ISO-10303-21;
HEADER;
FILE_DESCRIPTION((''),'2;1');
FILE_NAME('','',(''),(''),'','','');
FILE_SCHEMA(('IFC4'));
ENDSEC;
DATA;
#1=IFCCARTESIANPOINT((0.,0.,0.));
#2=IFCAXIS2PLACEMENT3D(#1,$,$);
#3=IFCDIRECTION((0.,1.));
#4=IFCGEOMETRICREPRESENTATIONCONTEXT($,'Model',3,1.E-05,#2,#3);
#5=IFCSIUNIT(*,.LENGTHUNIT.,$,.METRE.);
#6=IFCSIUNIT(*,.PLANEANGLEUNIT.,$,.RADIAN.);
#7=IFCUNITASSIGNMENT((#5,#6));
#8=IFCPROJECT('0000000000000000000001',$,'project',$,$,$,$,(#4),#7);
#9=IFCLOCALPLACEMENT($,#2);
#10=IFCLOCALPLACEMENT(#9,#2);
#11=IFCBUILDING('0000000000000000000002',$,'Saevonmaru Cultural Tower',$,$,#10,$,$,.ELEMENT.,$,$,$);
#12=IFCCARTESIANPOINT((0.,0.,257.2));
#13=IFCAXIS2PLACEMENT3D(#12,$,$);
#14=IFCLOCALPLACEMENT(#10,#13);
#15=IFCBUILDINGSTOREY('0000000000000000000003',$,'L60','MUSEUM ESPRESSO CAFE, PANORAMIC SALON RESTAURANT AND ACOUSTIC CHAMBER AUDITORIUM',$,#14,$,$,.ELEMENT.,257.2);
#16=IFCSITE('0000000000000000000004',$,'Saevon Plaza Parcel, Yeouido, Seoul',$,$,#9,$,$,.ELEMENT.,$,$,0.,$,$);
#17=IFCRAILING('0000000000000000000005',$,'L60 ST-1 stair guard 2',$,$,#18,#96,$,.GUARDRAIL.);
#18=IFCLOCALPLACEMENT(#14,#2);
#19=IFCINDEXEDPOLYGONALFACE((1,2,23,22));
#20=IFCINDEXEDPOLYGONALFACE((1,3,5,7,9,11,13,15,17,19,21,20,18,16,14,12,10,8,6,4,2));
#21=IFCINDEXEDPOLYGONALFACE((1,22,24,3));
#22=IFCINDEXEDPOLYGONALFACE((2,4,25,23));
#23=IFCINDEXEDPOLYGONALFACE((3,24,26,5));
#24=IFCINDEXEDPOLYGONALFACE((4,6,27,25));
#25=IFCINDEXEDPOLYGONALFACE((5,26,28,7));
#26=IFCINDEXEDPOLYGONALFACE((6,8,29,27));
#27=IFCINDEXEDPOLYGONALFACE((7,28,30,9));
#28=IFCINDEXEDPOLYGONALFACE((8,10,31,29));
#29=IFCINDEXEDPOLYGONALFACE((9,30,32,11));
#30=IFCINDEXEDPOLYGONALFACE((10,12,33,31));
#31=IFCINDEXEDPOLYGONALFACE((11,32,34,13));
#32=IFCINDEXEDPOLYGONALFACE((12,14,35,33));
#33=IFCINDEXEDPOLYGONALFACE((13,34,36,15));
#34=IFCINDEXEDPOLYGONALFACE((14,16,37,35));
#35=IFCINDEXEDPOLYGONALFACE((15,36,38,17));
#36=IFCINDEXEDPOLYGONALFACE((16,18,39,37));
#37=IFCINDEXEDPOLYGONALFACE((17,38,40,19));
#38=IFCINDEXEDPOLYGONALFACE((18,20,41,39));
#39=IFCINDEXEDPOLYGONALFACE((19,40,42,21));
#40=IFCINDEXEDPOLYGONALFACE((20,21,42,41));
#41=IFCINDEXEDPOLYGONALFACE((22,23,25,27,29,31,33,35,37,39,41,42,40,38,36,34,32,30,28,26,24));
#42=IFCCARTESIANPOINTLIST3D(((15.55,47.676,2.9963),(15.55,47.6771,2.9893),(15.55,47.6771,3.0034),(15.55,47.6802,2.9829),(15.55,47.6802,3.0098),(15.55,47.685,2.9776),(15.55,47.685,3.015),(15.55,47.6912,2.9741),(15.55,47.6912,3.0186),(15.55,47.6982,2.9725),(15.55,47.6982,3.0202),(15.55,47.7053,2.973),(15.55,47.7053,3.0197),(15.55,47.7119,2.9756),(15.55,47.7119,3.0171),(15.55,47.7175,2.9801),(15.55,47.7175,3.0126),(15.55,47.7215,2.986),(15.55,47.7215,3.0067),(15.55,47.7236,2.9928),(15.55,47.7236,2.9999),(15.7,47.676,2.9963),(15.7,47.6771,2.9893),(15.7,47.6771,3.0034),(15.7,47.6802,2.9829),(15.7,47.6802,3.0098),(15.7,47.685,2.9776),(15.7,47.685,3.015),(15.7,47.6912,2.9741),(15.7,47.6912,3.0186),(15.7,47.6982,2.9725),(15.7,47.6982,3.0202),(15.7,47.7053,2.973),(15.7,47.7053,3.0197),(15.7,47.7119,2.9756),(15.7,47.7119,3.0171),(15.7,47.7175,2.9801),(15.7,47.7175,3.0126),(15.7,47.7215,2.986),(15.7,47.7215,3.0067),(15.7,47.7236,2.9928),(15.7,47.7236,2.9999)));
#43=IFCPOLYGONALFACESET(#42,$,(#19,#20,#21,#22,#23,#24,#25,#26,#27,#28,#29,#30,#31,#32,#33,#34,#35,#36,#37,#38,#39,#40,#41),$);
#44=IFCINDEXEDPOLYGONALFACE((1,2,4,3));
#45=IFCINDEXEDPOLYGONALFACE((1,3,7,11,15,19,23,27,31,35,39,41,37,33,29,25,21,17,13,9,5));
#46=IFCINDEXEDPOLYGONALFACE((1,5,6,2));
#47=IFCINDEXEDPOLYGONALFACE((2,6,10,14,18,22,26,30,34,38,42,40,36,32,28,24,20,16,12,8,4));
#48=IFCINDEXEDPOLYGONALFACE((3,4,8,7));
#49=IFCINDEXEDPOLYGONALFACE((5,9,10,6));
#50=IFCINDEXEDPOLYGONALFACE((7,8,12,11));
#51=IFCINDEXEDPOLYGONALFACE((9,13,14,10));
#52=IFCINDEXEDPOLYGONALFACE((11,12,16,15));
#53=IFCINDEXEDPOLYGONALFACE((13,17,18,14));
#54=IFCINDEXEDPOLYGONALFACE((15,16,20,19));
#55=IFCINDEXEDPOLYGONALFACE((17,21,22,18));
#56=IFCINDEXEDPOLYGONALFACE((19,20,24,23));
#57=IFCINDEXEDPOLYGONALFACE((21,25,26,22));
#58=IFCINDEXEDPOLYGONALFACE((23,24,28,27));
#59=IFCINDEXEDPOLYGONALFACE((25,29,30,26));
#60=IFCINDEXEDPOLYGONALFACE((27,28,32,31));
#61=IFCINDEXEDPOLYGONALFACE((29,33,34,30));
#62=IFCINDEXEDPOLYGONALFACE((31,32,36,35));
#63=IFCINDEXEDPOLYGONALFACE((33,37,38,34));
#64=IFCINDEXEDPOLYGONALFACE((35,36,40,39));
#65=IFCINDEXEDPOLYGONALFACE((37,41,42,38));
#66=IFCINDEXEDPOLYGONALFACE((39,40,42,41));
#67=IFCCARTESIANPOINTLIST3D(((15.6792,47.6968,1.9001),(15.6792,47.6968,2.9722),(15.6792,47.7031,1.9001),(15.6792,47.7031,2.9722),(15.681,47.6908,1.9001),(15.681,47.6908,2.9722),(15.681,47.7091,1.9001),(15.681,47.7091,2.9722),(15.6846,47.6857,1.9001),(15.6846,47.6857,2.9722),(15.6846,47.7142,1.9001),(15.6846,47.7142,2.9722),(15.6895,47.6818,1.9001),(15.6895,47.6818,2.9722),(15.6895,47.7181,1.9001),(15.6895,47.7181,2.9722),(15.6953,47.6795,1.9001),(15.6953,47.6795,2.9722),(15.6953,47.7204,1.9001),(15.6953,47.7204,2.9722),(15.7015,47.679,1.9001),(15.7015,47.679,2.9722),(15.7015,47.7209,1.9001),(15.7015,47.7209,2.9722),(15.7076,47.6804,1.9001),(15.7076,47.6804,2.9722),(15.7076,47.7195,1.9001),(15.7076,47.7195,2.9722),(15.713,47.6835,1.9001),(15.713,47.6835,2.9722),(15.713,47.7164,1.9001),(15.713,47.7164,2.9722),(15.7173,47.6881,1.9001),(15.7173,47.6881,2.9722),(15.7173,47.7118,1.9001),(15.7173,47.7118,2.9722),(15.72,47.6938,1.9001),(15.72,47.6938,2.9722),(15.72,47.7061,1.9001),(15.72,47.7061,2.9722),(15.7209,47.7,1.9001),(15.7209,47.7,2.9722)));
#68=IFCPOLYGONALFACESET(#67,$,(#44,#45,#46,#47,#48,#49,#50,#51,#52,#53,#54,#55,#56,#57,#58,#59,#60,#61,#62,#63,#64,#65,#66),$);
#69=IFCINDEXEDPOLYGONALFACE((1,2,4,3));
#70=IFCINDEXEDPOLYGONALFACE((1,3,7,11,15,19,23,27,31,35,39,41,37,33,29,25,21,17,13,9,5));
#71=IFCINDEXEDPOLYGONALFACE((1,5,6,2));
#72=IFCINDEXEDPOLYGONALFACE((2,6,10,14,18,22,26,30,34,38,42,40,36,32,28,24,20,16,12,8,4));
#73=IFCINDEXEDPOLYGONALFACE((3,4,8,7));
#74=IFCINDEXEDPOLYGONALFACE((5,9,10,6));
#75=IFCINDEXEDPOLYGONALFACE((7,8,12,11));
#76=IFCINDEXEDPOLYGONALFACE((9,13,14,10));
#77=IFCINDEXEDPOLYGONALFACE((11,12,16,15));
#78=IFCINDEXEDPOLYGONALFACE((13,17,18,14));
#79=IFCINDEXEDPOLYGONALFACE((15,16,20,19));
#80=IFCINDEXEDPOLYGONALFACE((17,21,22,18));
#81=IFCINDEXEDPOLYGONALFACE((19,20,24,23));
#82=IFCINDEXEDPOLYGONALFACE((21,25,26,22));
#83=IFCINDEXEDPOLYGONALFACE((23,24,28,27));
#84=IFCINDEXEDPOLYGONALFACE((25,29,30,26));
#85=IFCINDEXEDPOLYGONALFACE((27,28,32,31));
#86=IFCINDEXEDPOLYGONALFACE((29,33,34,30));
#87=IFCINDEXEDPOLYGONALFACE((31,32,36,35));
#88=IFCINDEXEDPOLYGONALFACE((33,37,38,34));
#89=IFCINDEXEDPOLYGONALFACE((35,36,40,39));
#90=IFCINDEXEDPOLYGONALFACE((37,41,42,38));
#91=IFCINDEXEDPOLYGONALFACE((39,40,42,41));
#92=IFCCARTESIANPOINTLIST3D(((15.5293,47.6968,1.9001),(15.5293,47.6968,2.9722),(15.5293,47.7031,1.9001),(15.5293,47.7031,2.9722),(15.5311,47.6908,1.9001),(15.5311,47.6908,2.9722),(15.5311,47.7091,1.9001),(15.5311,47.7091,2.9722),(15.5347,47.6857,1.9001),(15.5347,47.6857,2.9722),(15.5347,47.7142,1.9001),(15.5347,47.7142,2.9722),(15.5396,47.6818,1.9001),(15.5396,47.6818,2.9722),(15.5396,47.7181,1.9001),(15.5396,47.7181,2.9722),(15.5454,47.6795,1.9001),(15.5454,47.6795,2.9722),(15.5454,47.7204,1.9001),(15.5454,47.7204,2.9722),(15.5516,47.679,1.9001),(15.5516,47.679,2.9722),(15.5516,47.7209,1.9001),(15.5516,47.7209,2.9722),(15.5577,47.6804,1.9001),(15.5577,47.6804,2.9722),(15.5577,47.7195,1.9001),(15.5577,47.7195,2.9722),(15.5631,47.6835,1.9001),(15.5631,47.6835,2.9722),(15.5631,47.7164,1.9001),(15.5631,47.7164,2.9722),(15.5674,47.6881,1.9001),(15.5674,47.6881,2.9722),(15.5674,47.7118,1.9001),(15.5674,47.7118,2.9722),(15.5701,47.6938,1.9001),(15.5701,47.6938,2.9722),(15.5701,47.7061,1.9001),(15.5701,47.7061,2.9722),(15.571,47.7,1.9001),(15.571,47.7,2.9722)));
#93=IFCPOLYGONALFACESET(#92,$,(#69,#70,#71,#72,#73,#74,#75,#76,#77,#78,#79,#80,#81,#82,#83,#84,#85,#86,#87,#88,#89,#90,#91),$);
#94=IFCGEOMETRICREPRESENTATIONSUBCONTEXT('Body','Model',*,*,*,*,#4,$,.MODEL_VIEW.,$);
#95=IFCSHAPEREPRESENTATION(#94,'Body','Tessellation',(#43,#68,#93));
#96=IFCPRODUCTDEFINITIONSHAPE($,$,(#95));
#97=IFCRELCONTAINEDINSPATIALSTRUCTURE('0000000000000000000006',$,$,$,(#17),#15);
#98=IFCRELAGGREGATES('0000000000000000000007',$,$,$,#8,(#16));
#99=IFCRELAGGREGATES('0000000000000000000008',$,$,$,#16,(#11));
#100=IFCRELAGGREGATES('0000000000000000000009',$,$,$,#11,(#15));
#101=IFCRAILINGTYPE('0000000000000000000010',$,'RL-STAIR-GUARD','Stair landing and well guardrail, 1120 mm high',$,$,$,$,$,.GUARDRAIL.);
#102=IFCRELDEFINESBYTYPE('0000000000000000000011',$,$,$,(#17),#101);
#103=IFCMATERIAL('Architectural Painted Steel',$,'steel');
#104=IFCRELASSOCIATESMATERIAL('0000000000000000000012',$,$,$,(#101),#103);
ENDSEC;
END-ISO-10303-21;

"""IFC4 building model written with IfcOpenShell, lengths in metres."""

from ifc_helpers import new_model, si_unit, direction, frame, origin, origin_2d, place, context, subcontext, project, spatial, circle, extrude, material, type_object, element, save


model = new_model("IFC4")

# Units and contexts
model_context = context("Model", 3, precision=1e-05, world=origin(), true_north=direction((0.0, 1.0)))
body_context = subcontext(model_context, "Body", "Model", "MODEL_VIEW")
ifc_project = project(units=[si_unit("LENGTHUNIT", "METRE"), si_unit("PLANEANGLEUNIT", "RADIAN")], contexts=[model_context])

# Site, building, storey
site_placement = place(None, origin())
site = spatial("IfcSite", under=ifc_project, at=site_placement, Name="Saevon Plaza Parcel, Yeouido, Seoul", CompositionType="ELEMENT", RefElevation=0.0)
building_placement = place(site_placement, origin())
building = spatial("IfcBuilding", under=site, at=building_placement, Name="Saevonmaru Cultural Tower", CompositionType="ELEMENT")
storey_placement = place(building_placement, frame((0.0, 0.0, 257.2)))
storey = spatial("IfcBuildingStorey", under=building, at=storey_placement, Name="L60", Description="MUSEUM ESPRESSO CAFE, PANORAMIC SALON RESTAURANT AND ACOUSTIC CHAMBER AUDITORIUM", CompositionType="ELEMENT", Elevation=257.2)

# Railing
ifc_material_1 = material(Name="Architectural Painted Steel", Category="steel")
railing_type_1 = type_object("IfcRailingType", Name="RL-STAIR-GUARD", Description="Stair landing and well guardrail, 1120 mm high", PredefinedType="GUARDRAIL", material=ifc_material_1)
railing_1_placement = place(storey_placement, frame((15.7, 47.7, 1.9001)))
element("IfcRailing", 1, at=railing_1_placement, inside=storey, type_object=railing_type_1, Name="L60 ST-1 stair guard 2", PredefinedType="GUARDRAIL", context=body_context, shape_type="SweptSolid", body=[
    extrude(circle(Radius=0.0239, at=origin_2d()), frame((0.0, 0.0, 1.0962), z_axis=(-1.0, 0.0, 0.0), x_axis=(0.0, -1.0, 0.0)), (0.0, 0.0, 1.0), 0.1499),
    extrude(circle(Radius=0.021, at=origin_2d()), origin(), (0.0, 0.0, 1.0), 1.072),
    extrude(circle(Radius=0.021, at=origin_2d()), frame((-0.1499, 0.0, 0.0)), (0.0, 0.0, 1.0), 1.072),
])

save(model, "model.ifc")
